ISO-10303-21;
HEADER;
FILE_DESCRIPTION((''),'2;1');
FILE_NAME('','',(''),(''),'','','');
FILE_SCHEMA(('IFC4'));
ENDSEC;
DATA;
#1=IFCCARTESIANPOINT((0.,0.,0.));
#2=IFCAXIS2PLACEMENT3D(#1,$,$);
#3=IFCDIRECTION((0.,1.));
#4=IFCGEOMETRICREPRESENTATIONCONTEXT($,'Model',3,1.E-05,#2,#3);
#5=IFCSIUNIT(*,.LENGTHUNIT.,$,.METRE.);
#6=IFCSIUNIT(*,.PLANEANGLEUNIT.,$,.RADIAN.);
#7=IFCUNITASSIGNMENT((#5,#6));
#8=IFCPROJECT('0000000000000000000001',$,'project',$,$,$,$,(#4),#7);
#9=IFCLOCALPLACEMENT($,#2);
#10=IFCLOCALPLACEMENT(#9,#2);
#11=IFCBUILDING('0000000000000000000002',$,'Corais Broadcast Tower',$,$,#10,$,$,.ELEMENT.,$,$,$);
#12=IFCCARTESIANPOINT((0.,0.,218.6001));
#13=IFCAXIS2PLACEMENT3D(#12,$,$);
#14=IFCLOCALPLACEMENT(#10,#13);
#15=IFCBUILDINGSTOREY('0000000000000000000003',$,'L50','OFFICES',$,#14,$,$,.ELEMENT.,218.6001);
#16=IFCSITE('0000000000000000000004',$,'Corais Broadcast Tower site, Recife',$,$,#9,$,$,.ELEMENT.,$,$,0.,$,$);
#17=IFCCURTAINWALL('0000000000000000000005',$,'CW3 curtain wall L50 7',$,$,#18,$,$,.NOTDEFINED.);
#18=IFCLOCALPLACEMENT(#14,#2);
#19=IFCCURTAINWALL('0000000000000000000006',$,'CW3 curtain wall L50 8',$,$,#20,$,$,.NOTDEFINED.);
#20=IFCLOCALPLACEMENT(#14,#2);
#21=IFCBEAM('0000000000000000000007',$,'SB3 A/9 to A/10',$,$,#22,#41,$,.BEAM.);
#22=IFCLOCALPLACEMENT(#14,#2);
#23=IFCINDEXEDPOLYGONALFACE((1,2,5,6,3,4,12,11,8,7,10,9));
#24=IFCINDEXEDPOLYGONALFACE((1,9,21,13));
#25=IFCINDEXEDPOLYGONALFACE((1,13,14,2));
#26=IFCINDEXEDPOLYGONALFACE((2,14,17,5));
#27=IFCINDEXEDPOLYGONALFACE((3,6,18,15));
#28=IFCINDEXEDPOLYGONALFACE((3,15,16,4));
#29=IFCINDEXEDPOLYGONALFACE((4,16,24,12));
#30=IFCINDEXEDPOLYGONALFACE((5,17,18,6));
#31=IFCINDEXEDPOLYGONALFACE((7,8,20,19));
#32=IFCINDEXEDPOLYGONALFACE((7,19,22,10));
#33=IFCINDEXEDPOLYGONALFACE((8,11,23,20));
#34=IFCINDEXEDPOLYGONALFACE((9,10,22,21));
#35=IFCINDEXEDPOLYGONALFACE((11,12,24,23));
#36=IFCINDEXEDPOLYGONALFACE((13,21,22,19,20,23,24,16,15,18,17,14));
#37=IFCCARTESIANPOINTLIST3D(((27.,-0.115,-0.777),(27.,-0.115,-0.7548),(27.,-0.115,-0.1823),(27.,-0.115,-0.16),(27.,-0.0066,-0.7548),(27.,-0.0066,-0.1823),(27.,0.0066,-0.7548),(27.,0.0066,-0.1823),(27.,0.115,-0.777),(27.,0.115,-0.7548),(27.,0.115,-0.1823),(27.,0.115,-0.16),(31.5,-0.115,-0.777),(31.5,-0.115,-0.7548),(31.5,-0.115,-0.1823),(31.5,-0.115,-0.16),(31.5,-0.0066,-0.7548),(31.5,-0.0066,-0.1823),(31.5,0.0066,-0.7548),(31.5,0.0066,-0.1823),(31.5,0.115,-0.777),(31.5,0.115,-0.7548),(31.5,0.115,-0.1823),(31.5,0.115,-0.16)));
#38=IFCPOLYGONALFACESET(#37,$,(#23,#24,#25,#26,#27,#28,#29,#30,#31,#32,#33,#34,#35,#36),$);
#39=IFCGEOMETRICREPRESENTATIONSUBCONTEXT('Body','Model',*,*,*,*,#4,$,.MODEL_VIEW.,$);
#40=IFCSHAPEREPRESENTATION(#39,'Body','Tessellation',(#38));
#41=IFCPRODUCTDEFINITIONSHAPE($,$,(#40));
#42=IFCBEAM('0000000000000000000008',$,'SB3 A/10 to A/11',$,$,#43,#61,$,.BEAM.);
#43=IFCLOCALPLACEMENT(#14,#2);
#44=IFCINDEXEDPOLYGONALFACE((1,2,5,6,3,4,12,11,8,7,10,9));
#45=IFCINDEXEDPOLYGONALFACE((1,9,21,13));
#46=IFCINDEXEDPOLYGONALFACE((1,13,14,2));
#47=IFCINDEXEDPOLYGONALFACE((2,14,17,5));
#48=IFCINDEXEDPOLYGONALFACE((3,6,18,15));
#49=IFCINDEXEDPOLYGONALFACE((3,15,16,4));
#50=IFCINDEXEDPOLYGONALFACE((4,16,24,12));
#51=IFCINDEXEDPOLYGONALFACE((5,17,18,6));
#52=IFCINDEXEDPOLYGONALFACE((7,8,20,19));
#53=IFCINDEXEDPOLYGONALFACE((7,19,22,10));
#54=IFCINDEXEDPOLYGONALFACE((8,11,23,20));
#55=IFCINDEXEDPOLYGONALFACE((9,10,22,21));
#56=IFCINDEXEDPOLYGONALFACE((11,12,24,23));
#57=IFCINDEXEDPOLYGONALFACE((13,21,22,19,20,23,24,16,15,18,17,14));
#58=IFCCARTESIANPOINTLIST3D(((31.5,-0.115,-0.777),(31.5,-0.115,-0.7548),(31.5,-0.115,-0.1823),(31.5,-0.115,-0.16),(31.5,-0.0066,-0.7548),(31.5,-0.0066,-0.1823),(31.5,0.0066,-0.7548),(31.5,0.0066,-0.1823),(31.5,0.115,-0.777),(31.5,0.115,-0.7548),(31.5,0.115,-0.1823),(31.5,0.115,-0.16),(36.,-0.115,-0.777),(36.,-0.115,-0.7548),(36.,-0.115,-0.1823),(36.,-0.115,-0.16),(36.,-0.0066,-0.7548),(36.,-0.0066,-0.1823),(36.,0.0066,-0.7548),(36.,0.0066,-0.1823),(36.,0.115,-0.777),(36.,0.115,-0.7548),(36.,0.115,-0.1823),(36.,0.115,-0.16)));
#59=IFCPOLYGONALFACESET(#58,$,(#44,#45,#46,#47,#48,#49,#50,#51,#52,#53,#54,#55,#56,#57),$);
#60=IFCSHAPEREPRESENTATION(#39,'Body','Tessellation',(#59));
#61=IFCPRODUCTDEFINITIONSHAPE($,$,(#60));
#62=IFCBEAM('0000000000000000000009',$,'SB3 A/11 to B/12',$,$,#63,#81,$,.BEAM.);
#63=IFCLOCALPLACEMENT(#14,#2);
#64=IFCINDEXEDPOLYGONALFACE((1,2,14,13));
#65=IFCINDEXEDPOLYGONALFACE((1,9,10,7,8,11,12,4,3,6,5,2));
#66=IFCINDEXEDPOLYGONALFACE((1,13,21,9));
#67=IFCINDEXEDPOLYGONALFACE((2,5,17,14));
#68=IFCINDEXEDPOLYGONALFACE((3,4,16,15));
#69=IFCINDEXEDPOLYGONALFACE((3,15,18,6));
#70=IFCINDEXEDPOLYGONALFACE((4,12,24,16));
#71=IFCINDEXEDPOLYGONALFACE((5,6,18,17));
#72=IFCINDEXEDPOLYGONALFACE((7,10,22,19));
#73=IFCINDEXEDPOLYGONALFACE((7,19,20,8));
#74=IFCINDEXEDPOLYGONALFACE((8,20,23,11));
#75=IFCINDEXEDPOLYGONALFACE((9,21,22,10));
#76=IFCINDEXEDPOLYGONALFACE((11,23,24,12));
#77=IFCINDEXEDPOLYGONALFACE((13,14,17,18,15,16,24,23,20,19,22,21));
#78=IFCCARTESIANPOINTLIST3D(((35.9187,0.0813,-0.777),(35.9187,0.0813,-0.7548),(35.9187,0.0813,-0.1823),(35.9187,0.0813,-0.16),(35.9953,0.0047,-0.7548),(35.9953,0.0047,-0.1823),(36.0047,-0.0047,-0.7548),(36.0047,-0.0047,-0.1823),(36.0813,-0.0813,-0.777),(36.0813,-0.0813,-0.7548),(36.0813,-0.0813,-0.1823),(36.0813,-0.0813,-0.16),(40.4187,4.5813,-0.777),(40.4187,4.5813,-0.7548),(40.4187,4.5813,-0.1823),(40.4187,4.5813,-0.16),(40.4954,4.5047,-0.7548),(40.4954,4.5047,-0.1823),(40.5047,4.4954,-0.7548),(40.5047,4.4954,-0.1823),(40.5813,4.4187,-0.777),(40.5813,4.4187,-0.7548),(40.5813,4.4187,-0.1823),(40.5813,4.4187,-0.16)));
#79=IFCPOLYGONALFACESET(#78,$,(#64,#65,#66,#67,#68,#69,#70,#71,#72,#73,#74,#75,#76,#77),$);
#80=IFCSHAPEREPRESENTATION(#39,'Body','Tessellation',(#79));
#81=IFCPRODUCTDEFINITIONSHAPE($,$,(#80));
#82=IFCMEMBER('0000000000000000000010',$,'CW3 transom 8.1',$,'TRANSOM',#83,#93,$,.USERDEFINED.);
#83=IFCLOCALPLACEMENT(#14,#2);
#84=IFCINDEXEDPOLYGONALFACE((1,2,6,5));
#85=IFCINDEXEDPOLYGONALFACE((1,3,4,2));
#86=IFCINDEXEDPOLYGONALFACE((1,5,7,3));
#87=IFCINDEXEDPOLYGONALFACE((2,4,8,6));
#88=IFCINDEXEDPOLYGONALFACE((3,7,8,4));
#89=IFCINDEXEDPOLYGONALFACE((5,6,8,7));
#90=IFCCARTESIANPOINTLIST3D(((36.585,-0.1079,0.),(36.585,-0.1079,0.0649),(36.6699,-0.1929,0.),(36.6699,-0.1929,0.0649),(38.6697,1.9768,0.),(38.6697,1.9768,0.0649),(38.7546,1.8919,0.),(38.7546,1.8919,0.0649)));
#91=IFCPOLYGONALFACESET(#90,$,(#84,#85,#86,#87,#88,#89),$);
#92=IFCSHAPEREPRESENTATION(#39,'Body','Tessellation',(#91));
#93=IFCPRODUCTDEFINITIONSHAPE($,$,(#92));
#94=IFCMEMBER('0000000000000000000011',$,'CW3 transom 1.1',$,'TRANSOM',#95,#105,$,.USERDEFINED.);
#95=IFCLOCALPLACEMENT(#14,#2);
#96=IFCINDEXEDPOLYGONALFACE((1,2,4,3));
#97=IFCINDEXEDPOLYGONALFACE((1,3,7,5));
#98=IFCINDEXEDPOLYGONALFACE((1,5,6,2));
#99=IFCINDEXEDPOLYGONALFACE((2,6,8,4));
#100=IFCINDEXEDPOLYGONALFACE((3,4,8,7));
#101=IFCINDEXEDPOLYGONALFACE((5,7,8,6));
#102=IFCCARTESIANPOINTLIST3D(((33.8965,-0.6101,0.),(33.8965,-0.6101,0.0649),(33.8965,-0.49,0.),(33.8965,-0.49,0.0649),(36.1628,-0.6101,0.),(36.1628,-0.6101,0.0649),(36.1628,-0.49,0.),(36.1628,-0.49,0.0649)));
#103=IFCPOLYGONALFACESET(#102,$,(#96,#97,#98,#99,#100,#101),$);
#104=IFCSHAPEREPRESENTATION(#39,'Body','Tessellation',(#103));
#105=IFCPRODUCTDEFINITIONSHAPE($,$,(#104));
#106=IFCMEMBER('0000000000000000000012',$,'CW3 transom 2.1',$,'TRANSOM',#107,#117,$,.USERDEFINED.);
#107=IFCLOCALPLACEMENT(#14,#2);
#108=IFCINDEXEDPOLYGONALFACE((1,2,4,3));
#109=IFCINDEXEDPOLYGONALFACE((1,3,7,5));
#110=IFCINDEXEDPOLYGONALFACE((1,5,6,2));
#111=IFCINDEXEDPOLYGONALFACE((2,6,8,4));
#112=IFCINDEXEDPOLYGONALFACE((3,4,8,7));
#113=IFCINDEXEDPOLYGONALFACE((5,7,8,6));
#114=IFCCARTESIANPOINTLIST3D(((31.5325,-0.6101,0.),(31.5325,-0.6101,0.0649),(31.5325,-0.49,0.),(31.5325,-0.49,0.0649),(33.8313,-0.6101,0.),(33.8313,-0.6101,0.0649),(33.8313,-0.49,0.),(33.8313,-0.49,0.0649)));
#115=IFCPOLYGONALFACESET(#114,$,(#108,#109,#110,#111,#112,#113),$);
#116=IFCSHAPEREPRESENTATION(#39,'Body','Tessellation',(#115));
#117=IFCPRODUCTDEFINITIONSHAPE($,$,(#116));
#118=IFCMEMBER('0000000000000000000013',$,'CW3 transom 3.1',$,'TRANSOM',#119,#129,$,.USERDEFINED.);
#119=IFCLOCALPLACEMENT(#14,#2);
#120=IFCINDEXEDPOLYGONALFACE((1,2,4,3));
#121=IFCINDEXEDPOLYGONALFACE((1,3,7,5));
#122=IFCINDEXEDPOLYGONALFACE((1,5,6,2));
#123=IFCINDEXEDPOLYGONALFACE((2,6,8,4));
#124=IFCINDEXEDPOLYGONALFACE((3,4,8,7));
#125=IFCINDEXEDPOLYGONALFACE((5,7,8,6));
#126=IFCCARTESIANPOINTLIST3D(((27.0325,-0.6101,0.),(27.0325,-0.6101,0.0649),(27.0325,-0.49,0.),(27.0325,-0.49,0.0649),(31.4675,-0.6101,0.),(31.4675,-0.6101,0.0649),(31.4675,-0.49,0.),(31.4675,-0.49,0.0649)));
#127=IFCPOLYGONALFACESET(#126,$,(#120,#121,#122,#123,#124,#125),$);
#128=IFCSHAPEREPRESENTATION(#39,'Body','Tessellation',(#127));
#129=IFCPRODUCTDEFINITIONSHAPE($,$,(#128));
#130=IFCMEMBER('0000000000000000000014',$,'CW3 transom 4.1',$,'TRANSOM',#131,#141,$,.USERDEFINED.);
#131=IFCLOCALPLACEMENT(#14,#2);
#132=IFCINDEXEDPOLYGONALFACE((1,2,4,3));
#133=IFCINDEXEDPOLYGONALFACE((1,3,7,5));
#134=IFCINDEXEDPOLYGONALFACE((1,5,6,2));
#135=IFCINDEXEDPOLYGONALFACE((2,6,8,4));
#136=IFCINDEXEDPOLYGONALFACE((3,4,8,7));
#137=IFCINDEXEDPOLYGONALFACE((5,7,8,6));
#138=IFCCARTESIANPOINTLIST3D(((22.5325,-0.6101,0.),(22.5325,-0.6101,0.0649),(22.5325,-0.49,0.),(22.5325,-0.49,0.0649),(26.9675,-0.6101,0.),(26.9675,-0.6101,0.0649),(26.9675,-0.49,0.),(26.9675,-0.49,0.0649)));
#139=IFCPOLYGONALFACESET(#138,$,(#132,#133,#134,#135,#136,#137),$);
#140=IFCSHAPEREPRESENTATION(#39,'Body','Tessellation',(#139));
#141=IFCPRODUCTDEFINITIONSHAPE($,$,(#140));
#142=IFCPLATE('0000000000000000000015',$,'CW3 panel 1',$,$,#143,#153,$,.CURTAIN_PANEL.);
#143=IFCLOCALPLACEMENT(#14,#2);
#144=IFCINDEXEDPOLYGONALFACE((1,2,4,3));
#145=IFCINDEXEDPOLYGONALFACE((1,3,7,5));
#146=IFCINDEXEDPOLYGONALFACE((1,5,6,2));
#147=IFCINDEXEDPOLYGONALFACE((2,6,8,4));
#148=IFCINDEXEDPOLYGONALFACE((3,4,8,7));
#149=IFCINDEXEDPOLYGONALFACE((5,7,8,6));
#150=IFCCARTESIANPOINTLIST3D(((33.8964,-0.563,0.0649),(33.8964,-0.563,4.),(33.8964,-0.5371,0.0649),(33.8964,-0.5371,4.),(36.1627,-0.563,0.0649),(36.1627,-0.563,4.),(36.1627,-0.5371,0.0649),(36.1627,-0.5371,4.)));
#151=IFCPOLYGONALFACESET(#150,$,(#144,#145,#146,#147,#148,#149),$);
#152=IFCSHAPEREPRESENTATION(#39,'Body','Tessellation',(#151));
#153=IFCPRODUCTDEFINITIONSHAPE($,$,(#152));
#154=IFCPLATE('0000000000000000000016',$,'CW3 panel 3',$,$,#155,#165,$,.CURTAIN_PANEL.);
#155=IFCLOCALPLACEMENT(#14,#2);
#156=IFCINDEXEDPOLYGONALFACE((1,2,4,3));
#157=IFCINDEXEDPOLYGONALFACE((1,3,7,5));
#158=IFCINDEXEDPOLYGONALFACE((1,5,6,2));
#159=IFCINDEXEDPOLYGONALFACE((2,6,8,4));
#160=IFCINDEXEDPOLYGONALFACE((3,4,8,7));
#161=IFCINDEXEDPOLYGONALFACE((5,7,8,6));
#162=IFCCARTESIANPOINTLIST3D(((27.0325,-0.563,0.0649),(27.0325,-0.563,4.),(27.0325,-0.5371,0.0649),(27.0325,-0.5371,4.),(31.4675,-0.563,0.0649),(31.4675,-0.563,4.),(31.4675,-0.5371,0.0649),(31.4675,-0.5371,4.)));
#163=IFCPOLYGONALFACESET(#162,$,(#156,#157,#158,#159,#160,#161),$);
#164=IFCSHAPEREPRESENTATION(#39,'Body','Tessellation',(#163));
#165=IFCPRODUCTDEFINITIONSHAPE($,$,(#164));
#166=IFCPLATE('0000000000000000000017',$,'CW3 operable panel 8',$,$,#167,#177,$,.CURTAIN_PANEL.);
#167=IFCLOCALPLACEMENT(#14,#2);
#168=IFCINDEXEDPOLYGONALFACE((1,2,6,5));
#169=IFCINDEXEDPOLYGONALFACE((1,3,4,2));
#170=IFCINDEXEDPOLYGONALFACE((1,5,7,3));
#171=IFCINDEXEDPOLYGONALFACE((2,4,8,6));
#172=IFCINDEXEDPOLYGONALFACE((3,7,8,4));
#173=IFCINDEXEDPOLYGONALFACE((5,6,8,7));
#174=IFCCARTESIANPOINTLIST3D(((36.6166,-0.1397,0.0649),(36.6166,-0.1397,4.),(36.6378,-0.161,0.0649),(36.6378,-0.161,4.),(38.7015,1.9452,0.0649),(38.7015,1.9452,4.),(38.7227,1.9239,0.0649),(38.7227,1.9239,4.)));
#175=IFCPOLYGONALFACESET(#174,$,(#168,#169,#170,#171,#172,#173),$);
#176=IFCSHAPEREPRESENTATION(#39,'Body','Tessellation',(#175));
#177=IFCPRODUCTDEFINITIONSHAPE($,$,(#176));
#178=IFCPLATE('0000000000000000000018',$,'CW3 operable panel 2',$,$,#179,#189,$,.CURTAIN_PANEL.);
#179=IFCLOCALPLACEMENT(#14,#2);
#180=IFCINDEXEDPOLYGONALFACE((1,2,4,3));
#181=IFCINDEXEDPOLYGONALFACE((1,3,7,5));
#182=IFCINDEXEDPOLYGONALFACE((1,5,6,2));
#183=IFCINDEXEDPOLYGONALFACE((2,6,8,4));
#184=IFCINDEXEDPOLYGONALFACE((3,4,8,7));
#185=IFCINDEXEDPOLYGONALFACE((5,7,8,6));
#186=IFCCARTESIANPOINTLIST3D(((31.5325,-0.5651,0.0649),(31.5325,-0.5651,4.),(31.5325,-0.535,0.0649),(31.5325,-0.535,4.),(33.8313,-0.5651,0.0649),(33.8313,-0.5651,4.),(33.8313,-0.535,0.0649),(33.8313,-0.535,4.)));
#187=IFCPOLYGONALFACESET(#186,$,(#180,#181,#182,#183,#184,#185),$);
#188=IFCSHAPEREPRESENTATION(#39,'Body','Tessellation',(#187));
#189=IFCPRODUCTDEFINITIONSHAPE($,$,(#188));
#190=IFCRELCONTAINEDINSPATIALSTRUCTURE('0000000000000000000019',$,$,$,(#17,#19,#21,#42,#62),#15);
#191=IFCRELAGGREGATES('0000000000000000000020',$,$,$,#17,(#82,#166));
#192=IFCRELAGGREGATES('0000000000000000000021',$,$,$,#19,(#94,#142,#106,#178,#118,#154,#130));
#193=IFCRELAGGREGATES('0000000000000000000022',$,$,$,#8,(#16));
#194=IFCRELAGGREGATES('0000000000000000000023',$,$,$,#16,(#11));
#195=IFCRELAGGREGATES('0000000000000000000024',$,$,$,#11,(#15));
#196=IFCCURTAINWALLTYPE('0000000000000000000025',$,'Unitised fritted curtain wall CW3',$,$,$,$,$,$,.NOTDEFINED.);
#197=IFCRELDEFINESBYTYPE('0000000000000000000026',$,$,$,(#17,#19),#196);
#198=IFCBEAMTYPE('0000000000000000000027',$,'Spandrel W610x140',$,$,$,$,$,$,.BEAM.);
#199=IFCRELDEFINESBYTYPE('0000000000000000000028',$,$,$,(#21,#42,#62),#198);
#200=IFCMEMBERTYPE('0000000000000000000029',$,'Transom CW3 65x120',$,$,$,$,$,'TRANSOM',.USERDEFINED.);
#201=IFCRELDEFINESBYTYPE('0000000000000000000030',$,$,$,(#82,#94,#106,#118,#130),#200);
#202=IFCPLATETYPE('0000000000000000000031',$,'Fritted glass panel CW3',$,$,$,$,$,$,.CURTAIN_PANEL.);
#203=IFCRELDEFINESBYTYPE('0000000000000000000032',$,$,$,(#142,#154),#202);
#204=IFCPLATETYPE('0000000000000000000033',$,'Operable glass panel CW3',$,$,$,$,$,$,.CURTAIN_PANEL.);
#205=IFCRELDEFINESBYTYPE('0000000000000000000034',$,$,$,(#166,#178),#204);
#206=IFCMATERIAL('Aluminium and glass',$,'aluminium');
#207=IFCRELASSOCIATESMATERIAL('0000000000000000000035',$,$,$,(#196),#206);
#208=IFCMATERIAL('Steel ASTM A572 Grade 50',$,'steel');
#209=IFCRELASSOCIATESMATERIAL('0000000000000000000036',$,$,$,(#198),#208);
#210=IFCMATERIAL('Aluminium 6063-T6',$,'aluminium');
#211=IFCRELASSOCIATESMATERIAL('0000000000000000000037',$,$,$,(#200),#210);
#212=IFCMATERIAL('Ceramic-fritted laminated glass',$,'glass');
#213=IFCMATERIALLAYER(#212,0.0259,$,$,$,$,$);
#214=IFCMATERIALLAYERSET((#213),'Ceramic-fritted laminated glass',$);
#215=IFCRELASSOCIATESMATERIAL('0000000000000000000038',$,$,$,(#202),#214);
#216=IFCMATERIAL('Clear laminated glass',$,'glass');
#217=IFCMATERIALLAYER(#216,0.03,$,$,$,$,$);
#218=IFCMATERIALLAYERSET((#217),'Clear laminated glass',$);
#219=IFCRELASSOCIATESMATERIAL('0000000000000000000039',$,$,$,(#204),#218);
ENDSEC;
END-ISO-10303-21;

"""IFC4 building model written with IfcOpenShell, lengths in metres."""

from ifc_helpers import new_model, si_unit, direction, frame, origin, origin_2d, place, context, subcontext, project, spatial, rectangle, i_section, extrude, material, layer, layer_set, material_profile, profile_set, type_object, element, aggregate, save


model = new_model("IFC4")

# Units and contexts
model_context = context("Model", 3, precision=1e-05, world=origin(), true_north=direction((0.0, 1.0)))
body_context = subcontext(model_context, "Body", "Model", "MODEL_VIEW")
ifc_project = project(units=[si_unit("LENGTHUNIT", "METRE"), si_unit("PLANEANGLEUNIT", "RADIAN")], contexts=[model_context])

# Site, building, storey
site_placement = place(None, origin())
site = spatial("IfcSite", under=ifc_project, at=site_placement, Name="Corais Broadcast Tower site, Recife", CompositionType="ELEMENT", RefElevation=0.0)
building_placement = place(site_placement, origin())
building = spatial("IfcBuilding", under=site, at=building_placement, Name="Corais Broadcast Tower", CompositionType="ELEMENT")
storey_placement = place(building_placement, frame((0.0, 0.0, 218.6001)))
storey = spatial("IfcBuildingStorey", under=building, at=storey_placement, Name="L50", Description="OFFICES", CompositionType="ELEMENT", Elevation=218.6001)

# Curtain walls
ifc_material_1 = material(Name="Aluminium and glass", Category="aluminium")
curtain_wall_type = type_object("IfcCurtainWallType", Name="Unitised fritted curtain wall CW3", PredefinedType="NOTDEFINED", material=ifc_material_1)
curtain_wall_1_placement = place(storey_placement, origin())
curtain_wall_1 = element("IfcCurtainWall", 1, at=curtain_wall_1_placement, inside=storey, type_object=curtain_wall_type, Name="CW3 curtain wall L50 7", PredefinedType="NOTDEFINED")
curtain_wall_2_placement = place(storey_placement, origin())
curtain_wall_2 = element("IfcCurtainWall", 2, at=curtain_wall_2_placement, inside=storey, type_object=curtain_wall_type, Name="CW3 curtain wall L50 8", PredefinedType="NOTDEFINED")

# Beams
ifc_material_2 = material(Name="Steel ASTM A572 Grade 50", Category="steel")
ifc_material_profile_1 = material_profile(ifc_material_2, i_section(OverallWidth=0.23, OverallDepth=0.6169, WebThickness=0.0132, FlangeThickness=0.0222, at=origin_2d()), Name="W610x140")
ifc_profile_set_1 = profile_set([ifc_material_profile_1], Name="Steel ASTM A572 Grade 50")
beam_type_1 = type_object("IfcBeamType", Name="Spandrel W610x140", PredefinedType="BEAM", material=ifc_profile_set_1)
for number, where, z_axis, x_axis, name in (
    (3, (27.0, 0.0, -0.4685), (1.0, 0.0, 0.0), (0.0, 1.0, 0.0), "SB3 A/9 to A/10"),
    (4, (31.5, 0.0, -0.4685), (1.0, 0.0, 0.0), (0.0, 1.0, 0.0), "SB3 A/10 to A/11"),
):
    element("IfcBeam", number, at=place(storey_placement, frame(where, z_axis=z_axis, x_axis=x_axis)), inside=storey, type_object=beam_type_1, Name=name, PredefinedType="BEAM", context=body_context, shape_type="SweptSolid", body=[
        extrude(i_section(OverallWidth=0.23, OverallDepth=0.6169, WebThickness=0.0132, FlangeThickness=0.0222, at=origin_2d()), origin(), (0.0, 0.0, 1.0), 4.5),
    ])
beam_placement = place(storey_placement, frame((36.0, 0.0, -0.4685), z_axis=(0.707107, 0.707107, 0.0), x_axis=(-0.707107, 0.707107, 0.0)))
element("IfcBeam", 5, at=beam_placement, inside=storey, type_object=beam_type_1, Name="SB3 A/11 to B/12", PredefinedType="BEAM", context=body_context, shape_type="SweptSolid", body=[
    extrude(i_section(OverallWidth=0.23, OverallDepth=0.6169, WebThickness=0.0132, FlangeThickness=0.0222, at=origin_2d()), origin(), (0.0, 0.0, 1.0), 6.364),
])

# Members
ifc_material_3 = material(Name="Aluminium 6063-T6", Category="aluminium")
ifc_material_profile_2 = material_profile(ifc_material_3, rectangle(XDim=0.1201, YDim=0.0649, at=origin_2d()), Name="Transom CW3 65x120")
ifc_profile_set_2 = profile_set([ifc_material_profile_2], Name="Aluminium 6063-T6")
member_type_1 = type_object("IfcMemberType", Name="Transom CW3 65x120", ElementType="TRANSOM", PredefinedType="USERDEFINED", material=ifc_profile_set_2)
member_1_placement = place(storey_placement, frame((38.7122, 1.9343, 0.0325), z_axis=(-0.707107, -0.707107, 0.0), x_axis=(0.707107, -0.707107, 0.0)))
member_1 = element("IfcMember", 6, at=member_1_placement, type_object=member_type_1, Name="CW3 transom 8.1", ObjectType="TRANSOM", PredefinedType="USERDEFINED", context=body_context, shape_type="SweptSolid", body=[
    extrude(rectangle(XDim=0.1201, YDim=0.0649, at=origin_2d()), origin(), (0.0, 0.0, 1.0), 2.9482),
])
member_2_placement = place(storey_placement, frame((36.1628, -0.55, 0.0325), z_axis=(-1.0, 0.0, 0.0), x_axis=(0.0, -1.0, 0.0)))
member_2 = element("IfcMember", 7, at=member_2_placement, type_object=member_type_1, Name="CW3 transom 1.1", ObjectType="TRANSOM", PredefinedType="USERDEFINED", context=body_context, shape_type="SweptSolid", body=[
    extrude(rectangle(XDim=0.1201, YDim=0.0649, at=origin_2d()), origin(), (0.0, 0.0, 1.0), 2.2664),
])
member_3_placement = place(storey_placement, frame((33.8313, -0.55, 0.0325), z_axis=(-1.0, 0.0, 0.0), x_axis=(0.0, -1.0, 0.0)))
member_3 = element("IfcMember", 8, at=member_3_placement, type_object=member_type_1, Name="CW3 transom 2.1", ObjectType="TRANSOM", PredefinedType="USERDEFINED", context=body_context, shape_type="SweptSolid", body=[
    extrude(rectangle(XDim=0.1201, YDim=0.0649, at=origin_2d()), origin(), (0.0, 0.0, 1.0), 2.2988),
])
member_4_placement = place(storey_placement, frame((31.4675, -0.55, 0.0325), z_axis=(-1.0, 0.0, 0.0), x_axis=(0.0, -1.0, 0.0)))
member_4 = element("IfcMember", 9, at=member_4_placement, type_object=member_type_1, Name="CW3 transom 3.1", ObjectType="TRANSOM", PredefinedType="USERDEFINED", context=body_context, shape_type="SweptSolid", body=[
    extrude(rectangle(XDim=0.1201, YDim=0.0649, at=origin_2d()), origin(), (0.0, 0.0, 1.0), 4.4351),
])
member_5_placement = place(storey_placement, frame((26.9675, -0.55, 0.0325), z_axis=(-1.0, 0.0, 0.0), x_axis=(0.0, -1.0, 0.0)))
member_5 = element("IfcMember", 10, at=member_5_placement, type_object=member_type_1, Name="CW3 transom 4.1", ObjectType="TRANSOM", PredefinedType="USERDEFINED", context=body_context, shape_type="SweptSolid", body=[
    extrude(rectangle(XDim=0.1201, YDim=0.0649, at=origin_2d()), origin(), (0.0, 0.0, 1.0), 4.4351),
])

# Plates
ifc_material_4 = material(Name="Ceramic-fritted laminated glass", Category="glass")
ifc_layer_1 = layer(ifc_material_4, 0.0259)
ifc_layer_set_1 = layer_set([ifc_layer_1], Name="Ceramic-fritted laminated glass")
plate_type_1 = type_object("IfcPlateType", Name="Fritted glass panel CW3", PredefinedType="CURTAIN_PANEL", material=ifc_layer_set_1)
plate_1_placement = place(storey_placement, frame((35.0295, -0.55, 0.0649), z_axis=(0.0, 0.0, 1.0), x_axis=(-1.0, 0.0, 0.0)))
plate_1 = element("IfcPlate", 11, at=plate_1_placement, type_object=plate_type_1, Name="CW3 panel 1", PredefinedType="CURTAIN_PANEL", context=body_context, shape_type="SweptSolid", body=[
    extrude(rectangle(XDim=2.2664, YDim=0.0259, at=origin_2d()), origin(), (0.0, 0.0, 1.0), 3.9351),
])
plate_2_placement = place(storey_placement, frame((29.25, -0.55, 0.0649), z_axis=(0.0, 0.0, 1.0), x_axis=(-1.0, 0.0, 0.0)))
plate_2 = element("IfcPlate", 12, at=plate_2_placement, type_object=plate_type_1, Name="CW3 panel 3", PredefinedType="CURTAIN_PANEL", context=body_context, shape_type="SweptSolid", body=[
    extrude(rectangle(XDim=4.4351, YDim=0.0259, at=origin_2d()), origin(), (0.0, 0.0, 1.0), 3.9351),
])
ifc_material_5 = material(Name="Clear laminated glass", Category="glass")
ifc_layer_2 = layer(ifc_material_5, 0.03)
ifc_layer_set_2 = layer_set([ifc_layer_2], Name="Clear laminated glass")
plate_type_2 = type_object("IfcPlateType", Name="Operable glass panel CW3", PredefinedType="CURTAIN_PANEL", material=ifc_layer_set_2)
plate_3_placement = place(storey_placement, frame((37.6697, 0.8921, 0.0649), z_axis=(0.0, 0.0, 1.0), x_axis=(-0.707107, -0.707107, 0.0)))
plate_3 = element("IfcPlate", 13, at=plate_3_placement, type_object=plate_type_2, Name="CW3 operable panel 8", PredefinedType="CURTAIN_PANEL", context=body_context, shape_type="SweptSolid", body=[
    extrude(rectangle(XDim=2.9485, YDim=0.03, at=origin_2d()), origin(), (0.0, 0.0, 1.0), 3.9351),
])
aggregate(curtain_wall_1, [member_1, plate_3])
plate_4_placement = place(storey_placement, frame((32.6819, -0.55, 0.0649), z_axis=(0.0, 0.0, 1.0), x_axis=(-1.0, 0.0, 0.0)))
plate_4 = element("IfcPlate", 14, at=plate_4_placement, type_object=plate_type_2, Name="CW3 operable panel 2", PredefinedType="CURTAIN_PANEL", context=body_context, shape_type="SweptSolid", body=[
    extrude(rectangle(XDim=2.2988, YDim=0.03, at=origin_2d()), origin(), (0.0, 0.0, 1.0), 3.9351),
])
aggregate(curtain_wall_2, [member_2, plate_1, member_3, plate_4, member_4, plate_2, member_5])

save(model, "model.ifc")
